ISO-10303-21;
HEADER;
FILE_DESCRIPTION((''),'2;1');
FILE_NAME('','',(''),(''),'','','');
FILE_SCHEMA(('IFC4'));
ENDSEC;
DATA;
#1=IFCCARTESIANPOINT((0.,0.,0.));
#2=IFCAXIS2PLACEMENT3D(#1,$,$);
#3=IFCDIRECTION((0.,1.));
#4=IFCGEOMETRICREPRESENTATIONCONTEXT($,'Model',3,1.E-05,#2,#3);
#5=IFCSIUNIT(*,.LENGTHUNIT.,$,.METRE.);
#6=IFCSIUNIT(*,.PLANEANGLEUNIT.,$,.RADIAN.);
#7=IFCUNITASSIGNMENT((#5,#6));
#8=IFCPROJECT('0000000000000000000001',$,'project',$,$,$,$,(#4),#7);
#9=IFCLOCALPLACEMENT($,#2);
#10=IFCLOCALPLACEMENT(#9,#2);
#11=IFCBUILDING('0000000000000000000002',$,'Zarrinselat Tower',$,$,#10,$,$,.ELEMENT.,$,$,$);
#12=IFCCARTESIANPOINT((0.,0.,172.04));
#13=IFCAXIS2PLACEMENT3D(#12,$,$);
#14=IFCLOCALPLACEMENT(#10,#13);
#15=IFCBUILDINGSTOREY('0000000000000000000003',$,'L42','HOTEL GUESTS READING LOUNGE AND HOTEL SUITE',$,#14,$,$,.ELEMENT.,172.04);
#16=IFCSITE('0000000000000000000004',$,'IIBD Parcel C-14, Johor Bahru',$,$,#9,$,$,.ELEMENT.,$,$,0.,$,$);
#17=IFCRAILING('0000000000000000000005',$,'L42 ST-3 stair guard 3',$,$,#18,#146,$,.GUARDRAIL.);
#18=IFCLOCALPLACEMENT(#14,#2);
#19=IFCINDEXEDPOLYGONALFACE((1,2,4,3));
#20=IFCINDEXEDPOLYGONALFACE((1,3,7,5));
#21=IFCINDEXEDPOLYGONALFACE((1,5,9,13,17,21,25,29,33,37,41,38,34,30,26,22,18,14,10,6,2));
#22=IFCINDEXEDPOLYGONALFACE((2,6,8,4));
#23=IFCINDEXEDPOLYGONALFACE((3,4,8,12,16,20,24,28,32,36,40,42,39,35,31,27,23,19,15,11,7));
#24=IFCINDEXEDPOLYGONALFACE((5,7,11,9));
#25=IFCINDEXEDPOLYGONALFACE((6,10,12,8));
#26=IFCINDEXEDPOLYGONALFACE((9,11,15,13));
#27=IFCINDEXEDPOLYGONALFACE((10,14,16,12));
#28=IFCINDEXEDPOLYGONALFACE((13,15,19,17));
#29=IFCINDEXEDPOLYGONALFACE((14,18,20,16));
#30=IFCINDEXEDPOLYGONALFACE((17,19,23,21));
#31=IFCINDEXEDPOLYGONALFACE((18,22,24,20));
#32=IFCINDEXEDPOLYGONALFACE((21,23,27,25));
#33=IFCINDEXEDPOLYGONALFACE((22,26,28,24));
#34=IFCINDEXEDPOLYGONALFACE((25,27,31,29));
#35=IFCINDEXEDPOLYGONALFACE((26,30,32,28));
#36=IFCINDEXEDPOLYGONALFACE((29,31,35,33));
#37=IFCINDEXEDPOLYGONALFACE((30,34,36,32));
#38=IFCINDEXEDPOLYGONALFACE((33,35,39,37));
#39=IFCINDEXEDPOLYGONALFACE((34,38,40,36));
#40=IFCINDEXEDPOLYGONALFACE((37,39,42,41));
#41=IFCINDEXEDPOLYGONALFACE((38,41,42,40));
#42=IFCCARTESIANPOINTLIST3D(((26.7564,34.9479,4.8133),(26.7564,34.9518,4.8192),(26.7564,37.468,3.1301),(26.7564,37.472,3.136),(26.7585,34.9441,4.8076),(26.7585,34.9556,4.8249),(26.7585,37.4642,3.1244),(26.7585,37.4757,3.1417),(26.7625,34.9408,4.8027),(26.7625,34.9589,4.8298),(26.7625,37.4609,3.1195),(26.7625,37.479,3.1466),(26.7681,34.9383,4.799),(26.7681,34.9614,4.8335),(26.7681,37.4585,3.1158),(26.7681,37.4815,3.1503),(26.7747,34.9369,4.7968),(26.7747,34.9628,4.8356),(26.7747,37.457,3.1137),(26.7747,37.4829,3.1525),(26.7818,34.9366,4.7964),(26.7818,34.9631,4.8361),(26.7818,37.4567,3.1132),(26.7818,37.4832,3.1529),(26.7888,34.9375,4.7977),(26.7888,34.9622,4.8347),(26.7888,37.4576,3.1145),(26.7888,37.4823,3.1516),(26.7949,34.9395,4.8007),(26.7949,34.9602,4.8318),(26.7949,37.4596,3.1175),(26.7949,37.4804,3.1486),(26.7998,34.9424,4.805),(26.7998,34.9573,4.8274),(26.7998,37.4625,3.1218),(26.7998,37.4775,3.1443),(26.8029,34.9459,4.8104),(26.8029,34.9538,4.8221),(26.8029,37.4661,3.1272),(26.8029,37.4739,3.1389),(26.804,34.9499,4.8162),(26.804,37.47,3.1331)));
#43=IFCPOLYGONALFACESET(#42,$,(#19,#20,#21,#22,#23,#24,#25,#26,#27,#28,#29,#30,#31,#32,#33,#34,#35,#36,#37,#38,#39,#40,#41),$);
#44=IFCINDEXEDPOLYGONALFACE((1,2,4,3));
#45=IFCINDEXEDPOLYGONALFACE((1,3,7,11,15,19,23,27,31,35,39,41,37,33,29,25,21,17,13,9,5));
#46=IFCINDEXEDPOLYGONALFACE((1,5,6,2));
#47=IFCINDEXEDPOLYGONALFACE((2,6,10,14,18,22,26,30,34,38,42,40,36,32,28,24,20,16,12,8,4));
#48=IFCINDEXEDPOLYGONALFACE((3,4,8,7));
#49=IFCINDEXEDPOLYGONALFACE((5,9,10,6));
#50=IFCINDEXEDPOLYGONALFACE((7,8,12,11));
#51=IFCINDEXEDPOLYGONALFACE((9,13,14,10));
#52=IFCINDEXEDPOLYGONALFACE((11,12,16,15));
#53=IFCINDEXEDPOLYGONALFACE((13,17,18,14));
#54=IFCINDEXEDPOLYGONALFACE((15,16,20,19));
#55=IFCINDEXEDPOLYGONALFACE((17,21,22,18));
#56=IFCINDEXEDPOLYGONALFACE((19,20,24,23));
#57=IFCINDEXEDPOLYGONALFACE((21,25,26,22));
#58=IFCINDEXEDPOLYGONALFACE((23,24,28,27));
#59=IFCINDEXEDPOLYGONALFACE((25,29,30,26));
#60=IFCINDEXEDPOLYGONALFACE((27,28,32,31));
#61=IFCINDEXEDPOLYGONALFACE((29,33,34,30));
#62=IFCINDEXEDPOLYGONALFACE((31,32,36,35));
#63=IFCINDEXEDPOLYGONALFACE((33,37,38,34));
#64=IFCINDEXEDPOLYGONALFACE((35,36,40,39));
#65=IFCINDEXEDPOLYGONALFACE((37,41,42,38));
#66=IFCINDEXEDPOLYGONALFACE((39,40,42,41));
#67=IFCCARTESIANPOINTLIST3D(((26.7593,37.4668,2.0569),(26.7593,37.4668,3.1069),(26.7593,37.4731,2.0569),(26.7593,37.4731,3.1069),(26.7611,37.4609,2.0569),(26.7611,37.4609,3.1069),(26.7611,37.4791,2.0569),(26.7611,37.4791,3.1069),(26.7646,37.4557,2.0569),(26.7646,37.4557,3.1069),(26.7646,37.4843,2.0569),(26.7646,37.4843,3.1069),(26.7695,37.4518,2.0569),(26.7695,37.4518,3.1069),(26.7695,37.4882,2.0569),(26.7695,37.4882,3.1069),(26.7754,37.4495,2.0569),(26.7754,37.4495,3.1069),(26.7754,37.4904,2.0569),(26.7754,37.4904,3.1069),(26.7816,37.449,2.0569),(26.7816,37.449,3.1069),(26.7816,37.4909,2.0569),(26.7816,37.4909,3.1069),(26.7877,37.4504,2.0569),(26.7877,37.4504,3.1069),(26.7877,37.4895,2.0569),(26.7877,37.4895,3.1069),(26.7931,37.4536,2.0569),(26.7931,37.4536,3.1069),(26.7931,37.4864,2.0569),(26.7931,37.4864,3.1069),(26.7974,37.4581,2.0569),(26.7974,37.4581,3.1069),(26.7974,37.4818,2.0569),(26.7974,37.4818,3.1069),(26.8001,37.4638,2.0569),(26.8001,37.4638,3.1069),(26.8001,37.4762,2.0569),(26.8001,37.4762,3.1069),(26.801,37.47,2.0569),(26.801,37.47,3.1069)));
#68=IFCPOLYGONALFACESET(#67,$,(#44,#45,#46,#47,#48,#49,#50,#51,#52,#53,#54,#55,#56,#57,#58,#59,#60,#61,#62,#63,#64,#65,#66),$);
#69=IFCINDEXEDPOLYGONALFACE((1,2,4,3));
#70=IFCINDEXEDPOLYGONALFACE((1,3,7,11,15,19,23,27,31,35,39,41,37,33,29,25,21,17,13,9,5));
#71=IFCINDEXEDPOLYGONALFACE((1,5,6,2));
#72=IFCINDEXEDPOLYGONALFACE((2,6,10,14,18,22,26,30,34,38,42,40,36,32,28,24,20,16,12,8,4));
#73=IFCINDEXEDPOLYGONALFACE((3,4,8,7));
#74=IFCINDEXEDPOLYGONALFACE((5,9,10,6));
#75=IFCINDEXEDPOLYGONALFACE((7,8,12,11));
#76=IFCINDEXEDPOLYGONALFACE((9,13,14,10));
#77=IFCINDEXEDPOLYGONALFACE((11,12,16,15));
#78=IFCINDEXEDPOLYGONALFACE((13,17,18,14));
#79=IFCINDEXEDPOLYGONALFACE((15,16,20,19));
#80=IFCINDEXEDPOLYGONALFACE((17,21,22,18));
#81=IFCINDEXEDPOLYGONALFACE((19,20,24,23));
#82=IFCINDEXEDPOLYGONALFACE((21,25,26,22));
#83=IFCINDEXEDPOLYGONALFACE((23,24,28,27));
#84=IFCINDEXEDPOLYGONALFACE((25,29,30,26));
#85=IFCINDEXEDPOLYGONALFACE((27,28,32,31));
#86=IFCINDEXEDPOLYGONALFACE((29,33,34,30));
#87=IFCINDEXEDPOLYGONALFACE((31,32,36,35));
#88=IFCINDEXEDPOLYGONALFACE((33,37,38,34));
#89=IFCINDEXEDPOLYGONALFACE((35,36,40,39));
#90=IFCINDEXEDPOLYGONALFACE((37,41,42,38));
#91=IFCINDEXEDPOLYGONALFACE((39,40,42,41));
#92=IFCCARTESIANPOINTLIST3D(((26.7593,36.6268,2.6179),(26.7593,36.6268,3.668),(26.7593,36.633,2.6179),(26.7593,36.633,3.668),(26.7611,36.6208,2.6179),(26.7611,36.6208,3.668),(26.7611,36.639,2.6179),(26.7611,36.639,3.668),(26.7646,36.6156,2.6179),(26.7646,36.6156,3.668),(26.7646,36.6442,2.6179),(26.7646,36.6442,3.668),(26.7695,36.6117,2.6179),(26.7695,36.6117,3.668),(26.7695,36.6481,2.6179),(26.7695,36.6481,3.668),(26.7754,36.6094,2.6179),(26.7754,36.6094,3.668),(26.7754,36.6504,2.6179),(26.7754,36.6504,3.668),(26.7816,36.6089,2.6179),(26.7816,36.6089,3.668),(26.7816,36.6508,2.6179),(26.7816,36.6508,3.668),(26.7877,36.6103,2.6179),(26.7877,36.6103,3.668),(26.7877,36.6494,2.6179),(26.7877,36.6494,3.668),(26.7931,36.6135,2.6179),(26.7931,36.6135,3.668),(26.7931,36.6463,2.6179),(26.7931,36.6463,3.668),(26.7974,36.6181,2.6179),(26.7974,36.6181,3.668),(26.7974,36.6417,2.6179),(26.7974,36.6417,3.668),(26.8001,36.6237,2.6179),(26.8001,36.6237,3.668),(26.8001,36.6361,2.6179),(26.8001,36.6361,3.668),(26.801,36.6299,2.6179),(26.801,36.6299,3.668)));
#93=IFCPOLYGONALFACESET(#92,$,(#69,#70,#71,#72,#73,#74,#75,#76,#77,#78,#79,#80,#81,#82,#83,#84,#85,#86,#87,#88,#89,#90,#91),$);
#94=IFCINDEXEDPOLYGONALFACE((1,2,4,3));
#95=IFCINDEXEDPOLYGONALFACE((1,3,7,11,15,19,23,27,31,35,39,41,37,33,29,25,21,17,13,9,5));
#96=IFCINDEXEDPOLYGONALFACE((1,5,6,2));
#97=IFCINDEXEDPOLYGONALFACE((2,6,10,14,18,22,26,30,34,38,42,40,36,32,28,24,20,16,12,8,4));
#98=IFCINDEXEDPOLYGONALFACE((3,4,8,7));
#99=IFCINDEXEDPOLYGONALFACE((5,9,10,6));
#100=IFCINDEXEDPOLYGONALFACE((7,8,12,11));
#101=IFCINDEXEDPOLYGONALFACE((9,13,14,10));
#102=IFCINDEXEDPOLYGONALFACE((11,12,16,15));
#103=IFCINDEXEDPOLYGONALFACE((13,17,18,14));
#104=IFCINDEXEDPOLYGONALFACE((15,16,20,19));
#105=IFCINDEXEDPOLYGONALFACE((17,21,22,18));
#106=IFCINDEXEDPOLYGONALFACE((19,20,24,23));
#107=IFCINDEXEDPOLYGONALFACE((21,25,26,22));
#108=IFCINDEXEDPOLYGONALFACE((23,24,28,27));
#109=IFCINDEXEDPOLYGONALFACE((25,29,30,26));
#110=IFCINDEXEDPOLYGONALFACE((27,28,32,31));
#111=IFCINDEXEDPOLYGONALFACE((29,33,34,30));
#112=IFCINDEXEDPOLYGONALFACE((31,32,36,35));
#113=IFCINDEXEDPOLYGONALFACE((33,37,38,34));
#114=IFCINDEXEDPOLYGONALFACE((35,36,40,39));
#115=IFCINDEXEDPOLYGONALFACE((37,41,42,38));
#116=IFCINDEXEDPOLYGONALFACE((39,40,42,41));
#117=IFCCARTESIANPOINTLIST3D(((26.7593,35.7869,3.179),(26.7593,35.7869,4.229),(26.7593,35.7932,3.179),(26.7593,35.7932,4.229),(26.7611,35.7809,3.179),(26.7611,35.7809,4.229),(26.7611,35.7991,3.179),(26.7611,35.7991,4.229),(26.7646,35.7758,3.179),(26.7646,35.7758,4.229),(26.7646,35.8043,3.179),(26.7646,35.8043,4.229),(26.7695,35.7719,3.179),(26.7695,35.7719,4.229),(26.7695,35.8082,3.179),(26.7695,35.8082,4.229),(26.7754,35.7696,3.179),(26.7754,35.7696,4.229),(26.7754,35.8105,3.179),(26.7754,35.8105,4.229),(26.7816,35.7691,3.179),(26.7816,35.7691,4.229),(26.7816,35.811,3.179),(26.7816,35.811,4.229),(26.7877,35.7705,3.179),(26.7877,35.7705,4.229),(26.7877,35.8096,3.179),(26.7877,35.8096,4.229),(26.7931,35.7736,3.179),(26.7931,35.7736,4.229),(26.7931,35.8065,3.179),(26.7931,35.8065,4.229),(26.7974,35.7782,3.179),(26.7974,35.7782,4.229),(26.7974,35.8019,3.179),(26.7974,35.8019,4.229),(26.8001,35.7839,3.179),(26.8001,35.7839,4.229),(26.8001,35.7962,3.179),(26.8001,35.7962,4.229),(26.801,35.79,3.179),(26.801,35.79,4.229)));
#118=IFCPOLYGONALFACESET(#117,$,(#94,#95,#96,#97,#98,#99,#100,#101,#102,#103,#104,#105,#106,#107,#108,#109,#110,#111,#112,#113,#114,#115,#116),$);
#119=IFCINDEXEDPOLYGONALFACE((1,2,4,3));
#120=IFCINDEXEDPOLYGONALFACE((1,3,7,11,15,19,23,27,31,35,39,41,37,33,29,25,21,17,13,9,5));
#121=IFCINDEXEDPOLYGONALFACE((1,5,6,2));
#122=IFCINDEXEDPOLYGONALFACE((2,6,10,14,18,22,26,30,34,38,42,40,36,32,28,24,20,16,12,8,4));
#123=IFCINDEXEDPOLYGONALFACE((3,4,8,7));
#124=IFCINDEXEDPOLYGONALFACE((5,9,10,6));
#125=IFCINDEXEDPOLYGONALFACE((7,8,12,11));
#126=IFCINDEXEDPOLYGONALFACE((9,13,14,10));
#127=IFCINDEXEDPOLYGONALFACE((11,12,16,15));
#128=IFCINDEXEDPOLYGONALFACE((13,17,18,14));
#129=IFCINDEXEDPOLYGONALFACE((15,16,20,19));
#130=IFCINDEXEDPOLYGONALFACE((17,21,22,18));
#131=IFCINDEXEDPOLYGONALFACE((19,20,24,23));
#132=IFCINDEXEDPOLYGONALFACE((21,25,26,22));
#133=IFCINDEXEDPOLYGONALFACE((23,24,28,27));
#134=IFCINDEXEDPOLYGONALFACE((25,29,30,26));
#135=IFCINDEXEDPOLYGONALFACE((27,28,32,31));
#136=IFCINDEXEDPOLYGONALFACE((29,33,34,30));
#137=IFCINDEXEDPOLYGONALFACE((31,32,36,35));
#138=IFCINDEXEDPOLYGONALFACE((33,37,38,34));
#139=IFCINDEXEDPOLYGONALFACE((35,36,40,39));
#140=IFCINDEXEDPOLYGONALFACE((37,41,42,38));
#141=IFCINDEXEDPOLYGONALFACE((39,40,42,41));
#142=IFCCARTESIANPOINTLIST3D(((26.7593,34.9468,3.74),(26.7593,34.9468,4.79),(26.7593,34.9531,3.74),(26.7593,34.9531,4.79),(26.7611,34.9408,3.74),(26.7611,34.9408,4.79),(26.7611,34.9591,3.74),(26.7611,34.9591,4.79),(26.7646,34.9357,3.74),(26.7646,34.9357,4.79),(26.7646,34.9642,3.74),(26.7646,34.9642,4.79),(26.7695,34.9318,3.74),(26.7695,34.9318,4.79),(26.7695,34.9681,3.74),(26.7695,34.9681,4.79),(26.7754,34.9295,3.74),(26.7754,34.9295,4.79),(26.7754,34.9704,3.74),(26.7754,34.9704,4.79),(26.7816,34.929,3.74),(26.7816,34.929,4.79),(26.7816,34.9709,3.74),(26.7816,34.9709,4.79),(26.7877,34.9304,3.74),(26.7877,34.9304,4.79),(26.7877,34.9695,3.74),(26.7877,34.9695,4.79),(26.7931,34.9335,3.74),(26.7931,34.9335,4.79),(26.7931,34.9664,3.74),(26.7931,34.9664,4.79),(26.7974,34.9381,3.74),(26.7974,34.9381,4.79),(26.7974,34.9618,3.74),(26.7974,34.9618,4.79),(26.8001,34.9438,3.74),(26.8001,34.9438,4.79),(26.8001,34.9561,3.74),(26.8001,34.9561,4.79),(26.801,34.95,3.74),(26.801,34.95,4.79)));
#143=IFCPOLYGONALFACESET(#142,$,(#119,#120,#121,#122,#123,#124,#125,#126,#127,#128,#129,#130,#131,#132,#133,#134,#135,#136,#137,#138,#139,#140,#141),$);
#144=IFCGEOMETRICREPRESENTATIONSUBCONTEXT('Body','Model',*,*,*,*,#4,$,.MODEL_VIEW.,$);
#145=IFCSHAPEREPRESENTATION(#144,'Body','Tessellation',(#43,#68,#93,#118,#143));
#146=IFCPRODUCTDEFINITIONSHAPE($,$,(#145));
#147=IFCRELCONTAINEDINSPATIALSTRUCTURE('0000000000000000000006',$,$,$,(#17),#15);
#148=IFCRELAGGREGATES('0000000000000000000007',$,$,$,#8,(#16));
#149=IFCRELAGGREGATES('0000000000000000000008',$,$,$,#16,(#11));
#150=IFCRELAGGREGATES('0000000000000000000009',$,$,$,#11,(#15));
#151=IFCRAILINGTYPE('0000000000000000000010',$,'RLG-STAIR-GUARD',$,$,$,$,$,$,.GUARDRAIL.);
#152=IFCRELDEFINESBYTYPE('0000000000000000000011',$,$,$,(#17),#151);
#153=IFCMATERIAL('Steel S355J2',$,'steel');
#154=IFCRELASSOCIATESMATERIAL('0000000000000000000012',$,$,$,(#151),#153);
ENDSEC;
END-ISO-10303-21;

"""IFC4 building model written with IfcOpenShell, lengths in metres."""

from ifc_helpers import new_model, si_unit, direction, frame, origin, origin_2d, place, context, subcontext, project, spatial, circle, extrude, material, type_object, element, save


model = new_model("IFC4")

# Units and contexts
model_context = context("Model", 3, precision=1e-05, world=origin(), true_north=direction((0.0, 1.0)))
body_context = subcontext(model_context, "Body", "Model", "MODEL_VIEW")
ifc_project = project(units=[si_unit("LENGTHUNIT", "METRE"), si_unit("PLANEANGLEUNIT", "RADIAN")], contexts=[model_context])

# Site, building, storey
site_placement = place(None, origin())
site = spatial("IfcSite", under=ifc_project, at=site_placement, Name="IIBD Parcel C-14, Johor Bahru", CompositionType="ELEMENT", RefElevation=0.0)
building_placement = place(site_placement, origin())
building = spatial("IfcBuilding", under=site, at=building_placement, Name="Zarrinselat Tower", CompositionType="ELEMENT")
storey_placement = place(building_placement, frame((0.0, 0.0, 172.04)))
storey = spatial("IfcBuildingStorey", under=building, at=storey_placement, Name="L42", Description="HOTEL GUESTS READING LOUNGE AND HOTEL SUITE", CompositionType="ELEMENT", Elevation=172.04)

# Railing
ifc_material_1 = material(Name="Steel S355J2", Category="steel")
railing_type_1 = type_object("IfcRailingType", Name="RLG-STAIR-GUARD", PredefinedType="GUARDRAIL", material=ifc_material_1)
railing_1_placement = place(storey_placement, frame((26.78, 37.47, 2.0569)))
element("IfcRailing", 1, at=railing_1_placement, inside=storey, type_object=railing_type_1, Name="L42 ST-3 stair guard 3", PredefinedType="GUARDRAIL", context=body_context, shape_type="SweptSolid", body=[
    extrude(circle(Radius=0.0239, at=origin_2d()), frame((0.0, 0.0, 1.0762), z_axis=(0.0, -0.831579, 0.555406), x_axis=(1.0, 0.0, 0.0)), (0.0, 0.0, 1.0), 3.0305),
    extrude(circle(Radius=0.021, at=origin_2d()), origin(), (0.0, 0.0, 1.0), 1.05),
    extrude(circle(Radius=0.021, at=origin_2d()), frame((0.0, -0.8401, 0.561)), (0.0, 0.0, 1.0), 1.05),
    extrude(circle(Radius=0.021, at=origin_2d()), frame((0.0, -1.6799, 1.1221)), (0.0, 0.0, 1.0), 1.05),
    extrude(circle(Radius=0.021, at=origin_2d()), frame((0.0, -2.52, 1.6831)), (0.0, 0.0, 1.0), 1.05),
])

save(model, "model.ifc")
